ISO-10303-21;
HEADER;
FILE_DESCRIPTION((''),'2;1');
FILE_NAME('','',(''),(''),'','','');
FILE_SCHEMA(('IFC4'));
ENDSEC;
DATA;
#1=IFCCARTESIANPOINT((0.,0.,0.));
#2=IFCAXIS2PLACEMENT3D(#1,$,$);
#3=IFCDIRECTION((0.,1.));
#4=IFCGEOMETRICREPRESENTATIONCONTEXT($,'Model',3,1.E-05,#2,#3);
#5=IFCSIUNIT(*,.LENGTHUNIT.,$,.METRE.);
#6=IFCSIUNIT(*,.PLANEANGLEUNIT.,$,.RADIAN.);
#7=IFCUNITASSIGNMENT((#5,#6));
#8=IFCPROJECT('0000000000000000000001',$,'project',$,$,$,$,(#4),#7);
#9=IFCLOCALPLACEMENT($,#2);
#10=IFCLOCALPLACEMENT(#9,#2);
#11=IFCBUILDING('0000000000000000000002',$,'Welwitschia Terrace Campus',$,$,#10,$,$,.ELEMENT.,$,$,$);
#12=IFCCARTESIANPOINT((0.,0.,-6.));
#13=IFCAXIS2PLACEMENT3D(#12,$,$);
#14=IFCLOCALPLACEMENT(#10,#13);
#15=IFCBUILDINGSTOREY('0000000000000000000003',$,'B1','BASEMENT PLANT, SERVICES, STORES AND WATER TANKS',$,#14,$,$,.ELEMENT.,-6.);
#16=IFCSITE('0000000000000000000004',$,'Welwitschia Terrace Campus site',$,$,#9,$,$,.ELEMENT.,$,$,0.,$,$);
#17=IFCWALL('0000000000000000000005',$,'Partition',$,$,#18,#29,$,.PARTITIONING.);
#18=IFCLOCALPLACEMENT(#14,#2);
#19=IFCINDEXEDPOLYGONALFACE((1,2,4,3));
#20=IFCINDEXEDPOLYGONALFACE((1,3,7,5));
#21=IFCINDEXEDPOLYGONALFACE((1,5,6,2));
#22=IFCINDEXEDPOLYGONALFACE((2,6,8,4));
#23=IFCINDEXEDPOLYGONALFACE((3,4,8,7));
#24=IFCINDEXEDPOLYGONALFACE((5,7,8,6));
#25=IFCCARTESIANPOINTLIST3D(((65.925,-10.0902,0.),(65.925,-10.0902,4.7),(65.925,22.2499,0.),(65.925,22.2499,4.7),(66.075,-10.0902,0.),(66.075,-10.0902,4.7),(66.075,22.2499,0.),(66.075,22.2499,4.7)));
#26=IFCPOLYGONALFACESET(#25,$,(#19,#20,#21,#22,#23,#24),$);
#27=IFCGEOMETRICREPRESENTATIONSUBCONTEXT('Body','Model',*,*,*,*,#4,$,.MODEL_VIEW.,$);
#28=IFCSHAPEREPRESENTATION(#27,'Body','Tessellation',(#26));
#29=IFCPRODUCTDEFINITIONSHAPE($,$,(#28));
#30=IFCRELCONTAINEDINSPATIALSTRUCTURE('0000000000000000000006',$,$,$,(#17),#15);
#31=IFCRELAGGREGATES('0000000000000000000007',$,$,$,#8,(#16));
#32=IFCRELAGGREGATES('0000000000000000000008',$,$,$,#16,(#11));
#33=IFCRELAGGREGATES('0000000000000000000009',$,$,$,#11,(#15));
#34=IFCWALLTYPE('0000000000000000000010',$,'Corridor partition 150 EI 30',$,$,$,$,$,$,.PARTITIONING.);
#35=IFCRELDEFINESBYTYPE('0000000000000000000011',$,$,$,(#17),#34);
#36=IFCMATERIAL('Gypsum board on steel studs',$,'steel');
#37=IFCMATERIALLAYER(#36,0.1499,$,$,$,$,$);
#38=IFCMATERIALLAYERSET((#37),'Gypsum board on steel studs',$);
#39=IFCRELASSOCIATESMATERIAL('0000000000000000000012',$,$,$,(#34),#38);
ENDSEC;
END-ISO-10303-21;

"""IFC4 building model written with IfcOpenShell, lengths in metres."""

from ifc_helpers import new_model, si_unit, direction, frame, frame_2d, origin, place, context, subcontext, project, spatial, rectangle, extrude, material, layer, layer_set, type_object, element, save


model = new_model("IFC4")

# Units and contexts
model_context = context("Model", 3, precision=1e-05, world=origin(), true_north=direction((0.0, 1.0)))
body_context = subcontext(model_context, "Body", "Model", "MODEL_VIEW")
ifc_project = project(units=[si_unit("LENGTHUNIT", "METRE"), si_unit("PLANEANGLEUNIT", "RADIAN")], contexts=[model_context])

# Site, building, storey
site_placement = place(None, origin())
site = spatial("IfcSite", under=ifc_project, at=site_placement, Name="Welwitschia Terrace Campus site", CompositionType="ELEMENT", RefElevation=0.0)
building_placement = place(site_placement, origin())
building = spatial("IfcBuilding", under=site, at=building_placement, Name="Welwitschia Terrace Campus", CompositionType="ELEMENT")
storey_placement = place(building_placement, frame((0.0, 0.0, -6.0)))
storey = spatial("IfcBuildingStorey", under=building, at=storey_placement, Name="B1", Description="BASEMENT PLANT, SERVICES, STORES AND WATER TANKS", CompositionType="ELEMENT", Elevation=-6.0)

# Wall
ifc_material_1 = material(Name="Gypsum board on steel studs", Category="steel")
ifc_layer_1 = layer(ifc_material_1, 0.1499)
ifc_layer_set_1 = layer_set([ifc_layer_1], Name="Gypsum board on steel studs")
wall_type_1 = type_object("IfcWallType", Name="Corridor partition 150 EI 30", PredefinedType="PARTITIONING", material=ifc_layer_set_1)
wall_1_placement = place(storey_placement, frame((66.0, -10.0901, 0.0), z_axis=(0.0, 0.0, 1.0), x_axis=(0.0, 1.0, 0.0)))
element("IfcWall", 1, at=wall_1_placement, inside=storey, type_object=wall_type_1, Name="Partition", PredefinedType="PARTITIONING", context=body_context, shape_type="SweptSolid", body=[
    extrude(rectangle(XDim=32.3401, YDim=0.1499, at=frame_2d((16.1699, 0.0))), origin(), (0.0, 0.0, 1.0), 4.7),
])

save(model, "model.ifc")
